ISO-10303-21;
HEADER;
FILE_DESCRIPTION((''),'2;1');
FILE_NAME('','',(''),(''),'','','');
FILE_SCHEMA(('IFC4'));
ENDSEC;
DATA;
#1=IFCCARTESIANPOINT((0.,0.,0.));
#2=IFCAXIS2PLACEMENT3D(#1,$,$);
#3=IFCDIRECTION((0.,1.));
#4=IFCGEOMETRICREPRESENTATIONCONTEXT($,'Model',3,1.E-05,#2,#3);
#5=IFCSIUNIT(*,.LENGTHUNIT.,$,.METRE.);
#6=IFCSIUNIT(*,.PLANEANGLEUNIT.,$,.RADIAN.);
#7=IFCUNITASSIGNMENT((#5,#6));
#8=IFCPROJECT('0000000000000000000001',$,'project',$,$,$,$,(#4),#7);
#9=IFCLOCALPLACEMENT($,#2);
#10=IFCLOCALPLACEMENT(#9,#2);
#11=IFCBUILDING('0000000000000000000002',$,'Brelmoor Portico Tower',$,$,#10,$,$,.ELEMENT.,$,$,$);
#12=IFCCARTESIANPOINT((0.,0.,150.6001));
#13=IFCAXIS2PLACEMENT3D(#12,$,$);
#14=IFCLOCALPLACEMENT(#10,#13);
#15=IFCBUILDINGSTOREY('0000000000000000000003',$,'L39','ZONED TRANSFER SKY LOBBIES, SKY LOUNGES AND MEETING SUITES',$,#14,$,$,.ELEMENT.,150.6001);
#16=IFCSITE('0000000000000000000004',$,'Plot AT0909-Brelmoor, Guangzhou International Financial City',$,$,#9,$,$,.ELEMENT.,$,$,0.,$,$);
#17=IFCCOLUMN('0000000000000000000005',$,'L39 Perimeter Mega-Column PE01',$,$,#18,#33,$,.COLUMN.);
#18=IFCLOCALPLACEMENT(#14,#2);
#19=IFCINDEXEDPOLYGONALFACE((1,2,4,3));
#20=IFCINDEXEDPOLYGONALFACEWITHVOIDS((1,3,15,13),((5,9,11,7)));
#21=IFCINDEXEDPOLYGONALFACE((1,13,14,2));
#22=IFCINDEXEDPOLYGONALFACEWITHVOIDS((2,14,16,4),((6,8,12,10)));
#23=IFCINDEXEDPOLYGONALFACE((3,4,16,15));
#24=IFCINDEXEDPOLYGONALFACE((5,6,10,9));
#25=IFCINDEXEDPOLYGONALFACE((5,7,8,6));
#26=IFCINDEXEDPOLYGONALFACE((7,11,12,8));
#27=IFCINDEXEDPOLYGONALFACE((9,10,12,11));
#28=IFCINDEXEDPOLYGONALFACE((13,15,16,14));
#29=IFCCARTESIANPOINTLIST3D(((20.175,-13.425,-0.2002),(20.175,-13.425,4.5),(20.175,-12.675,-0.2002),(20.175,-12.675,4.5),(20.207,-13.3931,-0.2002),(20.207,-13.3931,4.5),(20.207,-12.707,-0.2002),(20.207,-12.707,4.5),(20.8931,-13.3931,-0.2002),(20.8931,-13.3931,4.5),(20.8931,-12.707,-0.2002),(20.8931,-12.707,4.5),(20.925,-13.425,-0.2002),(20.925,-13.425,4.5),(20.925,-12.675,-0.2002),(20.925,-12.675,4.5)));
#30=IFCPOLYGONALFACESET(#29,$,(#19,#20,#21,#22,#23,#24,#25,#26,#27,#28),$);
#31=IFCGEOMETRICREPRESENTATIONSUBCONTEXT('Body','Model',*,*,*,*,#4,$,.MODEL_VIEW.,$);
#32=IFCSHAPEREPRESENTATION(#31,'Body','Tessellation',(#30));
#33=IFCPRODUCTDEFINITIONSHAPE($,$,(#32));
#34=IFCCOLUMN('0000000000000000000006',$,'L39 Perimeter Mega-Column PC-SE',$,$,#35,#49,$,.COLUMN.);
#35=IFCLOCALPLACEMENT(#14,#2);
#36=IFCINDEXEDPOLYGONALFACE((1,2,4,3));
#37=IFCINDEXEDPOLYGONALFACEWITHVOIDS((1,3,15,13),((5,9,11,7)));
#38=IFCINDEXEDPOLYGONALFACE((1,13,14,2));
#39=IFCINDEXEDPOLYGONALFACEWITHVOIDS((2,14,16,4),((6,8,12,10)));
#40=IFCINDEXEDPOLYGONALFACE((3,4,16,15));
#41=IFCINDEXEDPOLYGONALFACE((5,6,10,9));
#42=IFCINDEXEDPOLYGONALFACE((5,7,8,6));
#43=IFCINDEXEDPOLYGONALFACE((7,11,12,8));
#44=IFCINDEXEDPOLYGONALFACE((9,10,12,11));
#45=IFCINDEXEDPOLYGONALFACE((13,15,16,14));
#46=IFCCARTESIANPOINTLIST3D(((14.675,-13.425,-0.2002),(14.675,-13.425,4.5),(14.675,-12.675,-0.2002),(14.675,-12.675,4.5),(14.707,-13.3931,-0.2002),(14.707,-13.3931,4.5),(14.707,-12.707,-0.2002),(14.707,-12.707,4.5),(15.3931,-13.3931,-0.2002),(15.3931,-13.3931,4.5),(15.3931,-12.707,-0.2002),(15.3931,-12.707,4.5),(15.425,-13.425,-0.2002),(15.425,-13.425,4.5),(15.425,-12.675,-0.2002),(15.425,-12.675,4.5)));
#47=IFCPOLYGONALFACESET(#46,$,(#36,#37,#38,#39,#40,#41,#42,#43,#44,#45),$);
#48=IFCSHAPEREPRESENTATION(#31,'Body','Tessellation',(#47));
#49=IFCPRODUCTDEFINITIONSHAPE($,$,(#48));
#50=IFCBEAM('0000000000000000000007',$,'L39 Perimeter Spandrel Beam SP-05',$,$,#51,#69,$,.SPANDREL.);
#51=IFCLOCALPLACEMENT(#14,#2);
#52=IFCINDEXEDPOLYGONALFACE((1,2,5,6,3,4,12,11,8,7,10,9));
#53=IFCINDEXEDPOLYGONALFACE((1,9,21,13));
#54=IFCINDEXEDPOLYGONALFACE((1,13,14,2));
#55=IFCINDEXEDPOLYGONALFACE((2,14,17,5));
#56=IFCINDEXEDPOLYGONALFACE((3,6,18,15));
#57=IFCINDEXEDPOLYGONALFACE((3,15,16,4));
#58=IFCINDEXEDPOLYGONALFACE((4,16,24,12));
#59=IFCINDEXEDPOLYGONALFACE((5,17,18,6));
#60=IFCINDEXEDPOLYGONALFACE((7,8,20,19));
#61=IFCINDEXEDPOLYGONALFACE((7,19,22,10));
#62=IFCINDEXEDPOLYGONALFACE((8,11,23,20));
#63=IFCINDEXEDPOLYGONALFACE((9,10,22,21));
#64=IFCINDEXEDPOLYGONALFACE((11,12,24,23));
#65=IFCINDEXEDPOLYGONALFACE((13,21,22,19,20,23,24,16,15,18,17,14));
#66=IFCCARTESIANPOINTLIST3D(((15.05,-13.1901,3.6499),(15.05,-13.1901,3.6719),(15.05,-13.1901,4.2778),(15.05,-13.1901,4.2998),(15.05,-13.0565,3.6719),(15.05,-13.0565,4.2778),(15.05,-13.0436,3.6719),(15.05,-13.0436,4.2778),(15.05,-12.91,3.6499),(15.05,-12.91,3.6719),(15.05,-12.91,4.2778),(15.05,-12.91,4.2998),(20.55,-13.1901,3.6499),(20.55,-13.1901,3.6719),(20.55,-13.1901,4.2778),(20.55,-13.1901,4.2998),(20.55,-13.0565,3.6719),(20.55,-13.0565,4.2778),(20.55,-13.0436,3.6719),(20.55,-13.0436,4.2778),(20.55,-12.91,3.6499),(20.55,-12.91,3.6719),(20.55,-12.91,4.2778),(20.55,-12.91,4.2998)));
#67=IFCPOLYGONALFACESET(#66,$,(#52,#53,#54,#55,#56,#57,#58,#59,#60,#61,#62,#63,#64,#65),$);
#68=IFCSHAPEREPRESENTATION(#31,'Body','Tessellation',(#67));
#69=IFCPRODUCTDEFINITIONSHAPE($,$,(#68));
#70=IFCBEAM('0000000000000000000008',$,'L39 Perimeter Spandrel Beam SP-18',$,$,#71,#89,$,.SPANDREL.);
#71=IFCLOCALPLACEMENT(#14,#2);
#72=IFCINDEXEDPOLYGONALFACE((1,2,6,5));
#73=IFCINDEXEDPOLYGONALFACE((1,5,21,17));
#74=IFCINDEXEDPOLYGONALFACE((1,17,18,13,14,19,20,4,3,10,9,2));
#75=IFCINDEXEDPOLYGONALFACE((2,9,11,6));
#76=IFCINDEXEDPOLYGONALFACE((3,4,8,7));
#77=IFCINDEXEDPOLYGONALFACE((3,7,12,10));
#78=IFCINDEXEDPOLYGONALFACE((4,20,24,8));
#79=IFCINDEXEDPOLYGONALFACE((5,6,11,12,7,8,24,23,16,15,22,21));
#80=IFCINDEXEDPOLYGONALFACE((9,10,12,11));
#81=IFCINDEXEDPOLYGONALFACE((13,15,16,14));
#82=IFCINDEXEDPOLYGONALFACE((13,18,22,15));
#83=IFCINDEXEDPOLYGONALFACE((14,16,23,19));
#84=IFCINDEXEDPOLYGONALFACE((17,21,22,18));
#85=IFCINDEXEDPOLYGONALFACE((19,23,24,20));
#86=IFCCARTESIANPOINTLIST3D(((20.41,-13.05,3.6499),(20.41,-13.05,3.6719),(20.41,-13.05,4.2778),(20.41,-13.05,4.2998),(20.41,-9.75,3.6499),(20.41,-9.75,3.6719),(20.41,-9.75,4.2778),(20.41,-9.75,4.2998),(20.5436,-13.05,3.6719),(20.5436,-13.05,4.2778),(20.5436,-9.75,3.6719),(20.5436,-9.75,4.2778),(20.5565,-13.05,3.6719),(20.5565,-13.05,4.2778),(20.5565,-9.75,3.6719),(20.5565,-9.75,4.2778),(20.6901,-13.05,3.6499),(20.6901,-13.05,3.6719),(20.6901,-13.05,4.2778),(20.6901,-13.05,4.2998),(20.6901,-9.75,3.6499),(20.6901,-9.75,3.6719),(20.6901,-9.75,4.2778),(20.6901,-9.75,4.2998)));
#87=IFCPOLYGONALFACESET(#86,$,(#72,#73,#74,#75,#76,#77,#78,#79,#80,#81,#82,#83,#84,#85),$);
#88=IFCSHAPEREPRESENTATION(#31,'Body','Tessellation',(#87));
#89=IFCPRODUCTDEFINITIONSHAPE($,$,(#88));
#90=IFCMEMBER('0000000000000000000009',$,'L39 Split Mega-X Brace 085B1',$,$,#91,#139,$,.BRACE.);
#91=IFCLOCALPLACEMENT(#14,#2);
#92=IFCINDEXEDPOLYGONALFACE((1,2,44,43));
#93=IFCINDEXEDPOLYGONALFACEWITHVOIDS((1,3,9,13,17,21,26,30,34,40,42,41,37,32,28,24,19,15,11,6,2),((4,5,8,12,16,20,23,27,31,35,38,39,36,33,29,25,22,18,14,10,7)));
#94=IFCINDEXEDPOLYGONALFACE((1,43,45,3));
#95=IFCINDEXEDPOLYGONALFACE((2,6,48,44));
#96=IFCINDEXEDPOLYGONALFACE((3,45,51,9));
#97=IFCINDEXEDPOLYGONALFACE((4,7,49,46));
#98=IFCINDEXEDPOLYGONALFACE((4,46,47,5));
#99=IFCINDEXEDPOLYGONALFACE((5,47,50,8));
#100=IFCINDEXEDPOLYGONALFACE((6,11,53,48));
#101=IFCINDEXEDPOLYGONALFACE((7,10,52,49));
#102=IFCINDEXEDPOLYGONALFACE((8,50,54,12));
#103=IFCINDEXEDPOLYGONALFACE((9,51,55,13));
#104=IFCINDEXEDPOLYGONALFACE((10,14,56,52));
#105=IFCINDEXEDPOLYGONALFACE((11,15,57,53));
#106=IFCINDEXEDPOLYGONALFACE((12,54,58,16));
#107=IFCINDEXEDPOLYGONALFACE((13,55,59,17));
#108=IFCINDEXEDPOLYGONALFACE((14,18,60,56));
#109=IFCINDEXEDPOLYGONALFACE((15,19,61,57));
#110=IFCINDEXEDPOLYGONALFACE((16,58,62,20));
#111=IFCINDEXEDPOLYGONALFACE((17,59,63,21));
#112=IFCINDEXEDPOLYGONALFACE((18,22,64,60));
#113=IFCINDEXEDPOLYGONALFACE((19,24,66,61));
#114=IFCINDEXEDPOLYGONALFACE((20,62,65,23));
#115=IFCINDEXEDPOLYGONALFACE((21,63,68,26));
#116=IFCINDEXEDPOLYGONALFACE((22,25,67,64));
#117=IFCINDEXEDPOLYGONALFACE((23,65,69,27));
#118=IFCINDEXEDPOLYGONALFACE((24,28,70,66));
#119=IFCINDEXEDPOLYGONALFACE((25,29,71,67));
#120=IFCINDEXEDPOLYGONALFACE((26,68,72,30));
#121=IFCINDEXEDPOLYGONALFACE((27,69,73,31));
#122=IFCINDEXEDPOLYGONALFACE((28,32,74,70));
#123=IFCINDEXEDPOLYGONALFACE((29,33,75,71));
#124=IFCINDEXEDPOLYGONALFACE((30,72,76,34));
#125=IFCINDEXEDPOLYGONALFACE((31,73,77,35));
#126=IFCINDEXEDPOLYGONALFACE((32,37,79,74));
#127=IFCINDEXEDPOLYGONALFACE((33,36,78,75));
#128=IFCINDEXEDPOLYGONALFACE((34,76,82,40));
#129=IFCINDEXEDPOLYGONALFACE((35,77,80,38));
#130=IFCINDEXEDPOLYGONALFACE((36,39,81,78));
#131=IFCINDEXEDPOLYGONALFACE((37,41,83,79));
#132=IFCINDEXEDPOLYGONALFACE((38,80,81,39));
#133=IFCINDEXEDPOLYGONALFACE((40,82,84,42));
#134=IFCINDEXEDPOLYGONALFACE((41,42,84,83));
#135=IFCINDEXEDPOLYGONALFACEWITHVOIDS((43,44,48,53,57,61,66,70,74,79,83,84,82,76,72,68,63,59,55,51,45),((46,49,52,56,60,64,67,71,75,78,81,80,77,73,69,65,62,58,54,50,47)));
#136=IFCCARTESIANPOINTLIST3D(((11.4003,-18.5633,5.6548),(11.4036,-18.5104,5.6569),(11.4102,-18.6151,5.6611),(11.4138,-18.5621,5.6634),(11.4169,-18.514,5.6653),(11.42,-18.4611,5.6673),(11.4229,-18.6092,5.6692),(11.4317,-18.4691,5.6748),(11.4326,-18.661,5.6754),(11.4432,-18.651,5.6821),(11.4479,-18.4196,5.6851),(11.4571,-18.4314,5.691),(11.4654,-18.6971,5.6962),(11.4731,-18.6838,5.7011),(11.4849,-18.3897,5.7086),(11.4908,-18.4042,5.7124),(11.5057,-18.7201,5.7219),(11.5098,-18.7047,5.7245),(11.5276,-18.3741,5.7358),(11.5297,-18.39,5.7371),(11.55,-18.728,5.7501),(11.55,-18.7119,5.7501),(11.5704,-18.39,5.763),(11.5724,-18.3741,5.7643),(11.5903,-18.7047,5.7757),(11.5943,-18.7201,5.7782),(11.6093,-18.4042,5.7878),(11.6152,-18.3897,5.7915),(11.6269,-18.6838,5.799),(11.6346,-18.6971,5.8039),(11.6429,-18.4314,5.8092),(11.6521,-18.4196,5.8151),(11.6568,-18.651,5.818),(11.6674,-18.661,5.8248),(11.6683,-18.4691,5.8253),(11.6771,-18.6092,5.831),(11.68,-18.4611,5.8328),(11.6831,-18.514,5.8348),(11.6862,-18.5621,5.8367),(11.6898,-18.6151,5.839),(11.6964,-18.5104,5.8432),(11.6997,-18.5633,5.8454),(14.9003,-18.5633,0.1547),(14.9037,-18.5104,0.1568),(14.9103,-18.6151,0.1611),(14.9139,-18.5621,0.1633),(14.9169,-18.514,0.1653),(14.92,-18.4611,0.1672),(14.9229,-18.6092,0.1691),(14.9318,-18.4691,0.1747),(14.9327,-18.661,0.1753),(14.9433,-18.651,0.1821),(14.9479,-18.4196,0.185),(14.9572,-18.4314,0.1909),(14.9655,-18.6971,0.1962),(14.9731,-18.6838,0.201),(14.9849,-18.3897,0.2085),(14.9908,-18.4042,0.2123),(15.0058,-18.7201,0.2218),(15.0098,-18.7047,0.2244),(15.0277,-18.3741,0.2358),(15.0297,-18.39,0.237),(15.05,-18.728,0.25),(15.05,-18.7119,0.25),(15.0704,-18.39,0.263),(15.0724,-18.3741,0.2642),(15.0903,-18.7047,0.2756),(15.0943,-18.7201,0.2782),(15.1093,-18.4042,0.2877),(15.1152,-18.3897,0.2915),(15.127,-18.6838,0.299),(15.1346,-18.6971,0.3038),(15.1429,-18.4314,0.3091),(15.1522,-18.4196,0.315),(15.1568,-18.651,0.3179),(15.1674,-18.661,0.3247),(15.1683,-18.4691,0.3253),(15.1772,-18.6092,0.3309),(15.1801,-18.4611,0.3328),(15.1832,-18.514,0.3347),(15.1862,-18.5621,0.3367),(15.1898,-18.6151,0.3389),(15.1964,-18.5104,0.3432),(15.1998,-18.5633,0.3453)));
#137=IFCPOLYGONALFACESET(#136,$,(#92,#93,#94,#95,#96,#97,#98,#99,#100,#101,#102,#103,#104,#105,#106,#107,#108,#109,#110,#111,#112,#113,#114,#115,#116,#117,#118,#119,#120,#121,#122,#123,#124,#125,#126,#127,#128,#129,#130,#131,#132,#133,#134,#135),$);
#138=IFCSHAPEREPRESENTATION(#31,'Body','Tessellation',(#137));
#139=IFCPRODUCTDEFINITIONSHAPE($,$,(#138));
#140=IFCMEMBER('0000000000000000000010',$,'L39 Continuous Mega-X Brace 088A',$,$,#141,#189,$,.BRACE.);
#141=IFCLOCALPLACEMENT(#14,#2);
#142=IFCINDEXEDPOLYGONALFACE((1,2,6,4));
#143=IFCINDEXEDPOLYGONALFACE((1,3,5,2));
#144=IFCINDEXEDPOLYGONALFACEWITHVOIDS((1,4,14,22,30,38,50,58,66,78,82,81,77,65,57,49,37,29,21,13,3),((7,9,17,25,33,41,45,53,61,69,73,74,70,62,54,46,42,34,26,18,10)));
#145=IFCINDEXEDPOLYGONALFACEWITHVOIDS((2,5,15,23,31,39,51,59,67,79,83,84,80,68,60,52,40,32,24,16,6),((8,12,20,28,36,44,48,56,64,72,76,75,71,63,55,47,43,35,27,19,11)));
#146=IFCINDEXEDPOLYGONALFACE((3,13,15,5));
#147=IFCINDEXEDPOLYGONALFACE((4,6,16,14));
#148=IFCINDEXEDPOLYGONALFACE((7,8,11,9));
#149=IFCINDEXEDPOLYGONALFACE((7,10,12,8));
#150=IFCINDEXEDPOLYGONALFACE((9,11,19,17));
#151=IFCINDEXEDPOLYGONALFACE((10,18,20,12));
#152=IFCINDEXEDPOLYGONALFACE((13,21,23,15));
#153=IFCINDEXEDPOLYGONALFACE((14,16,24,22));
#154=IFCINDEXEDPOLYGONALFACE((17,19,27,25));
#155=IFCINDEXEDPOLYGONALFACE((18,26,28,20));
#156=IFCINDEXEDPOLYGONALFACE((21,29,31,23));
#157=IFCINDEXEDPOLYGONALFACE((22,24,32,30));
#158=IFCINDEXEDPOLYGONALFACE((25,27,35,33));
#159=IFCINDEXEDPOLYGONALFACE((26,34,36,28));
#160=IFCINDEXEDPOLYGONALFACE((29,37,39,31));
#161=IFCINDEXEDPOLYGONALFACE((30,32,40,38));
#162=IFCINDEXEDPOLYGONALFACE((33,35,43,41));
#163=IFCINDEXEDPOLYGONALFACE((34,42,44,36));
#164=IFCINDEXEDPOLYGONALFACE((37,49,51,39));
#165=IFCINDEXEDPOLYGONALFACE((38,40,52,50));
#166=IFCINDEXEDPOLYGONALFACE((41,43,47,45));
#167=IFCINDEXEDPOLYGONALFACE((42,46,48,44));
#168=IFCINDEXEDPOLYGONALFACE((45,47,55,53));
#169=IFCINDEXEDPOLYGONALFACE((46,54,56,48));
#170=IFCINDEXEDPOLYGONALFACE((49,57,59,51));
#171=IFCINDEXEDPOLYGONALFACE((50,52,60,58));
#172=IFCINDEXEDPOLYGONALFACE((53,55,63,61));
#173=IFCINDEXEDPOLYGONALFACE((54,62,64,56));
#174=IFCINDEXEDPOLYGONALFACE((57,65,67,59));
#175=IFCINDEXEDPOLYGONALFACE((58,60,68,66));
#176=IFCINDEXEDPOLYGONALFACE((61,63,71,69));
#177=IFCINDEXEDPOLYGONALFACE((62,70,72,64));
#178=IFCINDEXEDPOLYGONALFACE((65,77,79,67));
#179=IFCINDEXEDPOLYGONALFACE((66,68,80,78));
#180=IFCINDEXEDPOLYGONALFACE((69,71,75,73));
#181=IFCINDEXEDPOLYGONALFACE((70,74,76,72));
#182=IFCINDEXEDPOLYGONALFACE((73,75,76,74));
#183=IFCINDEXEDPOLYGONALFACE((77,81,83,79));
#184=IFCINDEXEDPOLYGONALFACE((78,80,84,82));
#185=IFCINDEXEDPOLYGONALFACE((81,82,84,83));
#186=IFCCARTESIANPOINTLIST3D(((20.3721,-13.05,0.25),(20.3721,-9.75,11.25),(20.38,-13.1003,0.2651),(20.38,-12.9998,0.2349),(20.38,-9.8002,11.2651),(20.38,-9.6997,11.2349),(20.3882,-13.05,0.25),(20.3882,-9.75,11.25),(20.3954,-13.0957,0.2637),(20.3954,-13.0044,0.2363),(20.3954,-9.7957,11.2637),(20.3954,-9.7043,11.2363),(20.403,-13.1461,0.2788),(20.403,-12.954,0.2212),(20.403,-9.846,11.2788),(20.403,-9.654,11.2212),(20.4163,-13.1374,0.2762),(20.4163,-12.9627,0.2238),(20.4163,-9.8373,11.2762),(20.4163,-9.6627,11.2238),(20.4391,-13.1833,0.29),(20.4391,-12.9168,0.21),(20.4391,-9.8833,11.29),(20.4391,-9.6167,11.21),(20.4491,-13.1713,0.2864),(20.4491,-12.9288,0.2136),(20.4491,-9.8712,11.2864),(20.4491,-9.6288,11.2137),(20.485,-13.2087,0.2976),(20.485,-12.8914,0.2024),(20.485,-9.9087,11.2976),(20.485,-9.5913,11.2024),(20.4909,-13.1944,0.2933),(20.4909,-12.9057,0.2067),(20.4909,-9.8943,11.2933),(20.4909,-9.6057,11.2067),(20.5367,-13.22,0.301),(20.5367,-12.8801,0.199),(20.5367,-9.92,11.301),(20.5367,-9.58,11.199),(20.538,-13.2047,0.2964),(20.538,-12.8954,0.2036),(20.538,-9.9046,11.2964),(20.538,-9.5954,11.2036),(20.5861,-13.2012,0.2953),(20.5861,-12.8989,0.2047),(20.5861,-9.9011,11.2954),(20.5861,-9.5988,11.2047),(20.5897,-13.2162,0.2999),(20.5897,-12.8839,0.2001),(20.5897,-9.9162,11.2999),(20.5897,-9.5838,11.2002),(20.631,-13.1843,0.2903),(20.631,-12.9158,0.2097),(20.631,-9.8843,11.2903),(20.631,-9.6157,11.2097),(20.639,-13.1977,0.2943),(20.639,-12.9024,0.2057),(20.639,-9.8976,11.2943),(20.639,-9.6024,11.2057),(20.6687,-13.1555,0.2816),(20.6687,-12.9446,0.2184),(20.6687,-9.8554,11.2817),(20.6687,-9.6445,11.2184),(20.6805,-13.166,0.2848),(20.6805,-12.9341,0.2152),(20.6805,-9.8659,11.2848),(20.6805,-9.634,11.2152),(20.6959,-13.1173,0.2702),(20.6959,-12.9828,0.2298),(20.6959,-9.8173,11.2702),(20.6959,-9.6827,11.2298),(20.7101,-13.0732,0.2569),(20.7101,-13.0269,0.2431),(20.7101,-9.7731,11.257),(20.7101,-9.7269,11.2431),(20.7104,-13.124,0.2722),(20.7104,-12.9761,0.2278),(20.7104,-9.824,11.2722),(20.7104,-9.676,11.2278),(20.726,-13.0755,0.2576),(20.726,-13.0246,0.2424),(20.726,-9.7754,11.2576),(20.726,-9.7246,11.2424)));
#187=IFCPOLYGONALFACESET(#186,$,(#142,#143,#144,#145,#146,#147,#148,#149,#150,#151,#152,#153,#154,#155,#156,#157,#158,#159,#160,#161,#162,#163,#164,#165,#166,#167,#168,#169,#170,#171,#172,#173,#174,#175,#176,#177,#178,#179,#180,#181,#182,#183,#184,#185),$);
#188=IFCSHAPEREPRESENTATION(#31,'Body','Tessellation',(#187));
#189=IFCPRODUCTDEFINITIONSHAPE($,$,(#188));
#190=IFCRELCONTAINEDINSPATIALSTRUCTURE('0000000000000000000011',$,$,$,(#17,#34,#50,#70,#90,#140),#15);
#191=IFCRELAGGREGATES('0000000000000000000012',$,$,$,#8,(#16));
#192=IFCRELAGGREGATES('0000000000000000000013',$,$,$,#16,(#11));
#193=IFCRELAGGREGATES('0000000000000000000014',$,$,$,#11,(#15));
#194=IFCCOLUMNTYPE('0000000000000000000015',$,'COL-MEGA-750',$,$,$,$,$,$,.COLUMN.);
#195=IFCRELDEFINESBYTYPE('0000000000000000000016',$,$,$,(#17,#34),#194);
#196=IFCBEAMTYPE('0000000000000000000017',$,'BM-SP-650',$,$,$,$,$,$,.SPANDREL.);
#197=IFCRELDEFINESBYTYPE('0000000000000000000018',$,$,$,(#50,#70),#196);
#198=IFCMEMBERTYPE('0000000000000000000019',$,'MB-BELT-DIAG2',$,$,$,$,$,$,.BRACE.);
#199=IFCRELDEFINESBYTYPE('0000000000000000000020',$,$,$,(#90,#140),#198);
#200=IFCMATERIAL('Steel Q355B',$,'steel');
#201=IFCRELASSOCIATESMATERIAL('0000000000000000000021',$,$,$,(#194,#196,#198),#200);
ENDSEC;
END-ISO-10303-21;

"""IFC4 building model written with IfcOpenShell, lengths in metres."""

from ifc_helpers import new_model, si_unit, direction, frame, origin, origin_2d, place, context, subcontext, project, spatial, hollow_rectangle, hollow_circle, i_section, extrude, material, material_profile, profile_set, type_object, element, save


model = new_model("IFC4")

# Units and contexts
model_context = context("Model", 3, precision=1e-05, world=origin(), true_north=direction((0.0, 1.0)))
body_context = subcontext(model_context, "Body", "Model", "MODEL_VIEW")
ifc_project = project(units=[si_unit("LENGTHUNIT", "METRE"), si_unit("PLANEANGLEUNIT", "RADIAN")], contexts=[model_context])

# Site, building, storey
site_placement = place(None, origin())
site = spatial("IfcSite", under=ifc_project, at=site_placement, Name="Plot AT0909-Brelmoor, Guangzhou International Financial City", CompositionType="ELEMENT", RefElevation=0.0)
building_placement = place(site_placement, origin())
building = spatial("IfcBuilding", under=site, at=building_placement, Name="Brelmoor Portico Tower", CompositionType="ELEMENT")
storey_placement = place(building_placement, frame((0.0, 0.0, 150.6001)))
storey = spatial("IfcBuildingStorey", under=building, at=storey_placement, Name="L39", Description="ZONED TRANSFER SKY LOBBIES, SKY LOUNGES AND MEETING SUITES", CompositionType="ELEMENT", Elevation=150.6001)

# Columns
ifc_material_1 = material(Name="Steel Q355B", Category="steel")
ifc_material_profile_1 = material_profile(ifc_material_1, hollow_rectangle(XDim=0.75, YDim=0.75, WallThickness=0.032, at=origin_2d()), Name="BOX 750x750x32")
ifc_profile_set_1 = profile_set([ifc_material_profile_1], Name="Steel Q355B")
column_type = type_object("IfcColumnType", Name="COL-MEGA-750", PredefinedType="COLUMN", material=ifc_profile_set_1)
for number, where, z_axis, x_axis, name in (
    (1, (20.55, -13.05, -0.2002), (0.0, 0.0, 1.0), (0.0, 1.0, 0.0), "L39 Perimeter Mega-Column PE01"),
    (2, (15.05, -13.05, -0.2002), (0.0, 0.0, 1.0), (1.0, 0.0, 0.0), "L39 Perimeter Mega-Column PC-SE"),
):
    element("IfcColumn", number, at=place(storey_placement, frame(where, z_axis=z_axis, x_axis=x_axis)), inside=storey, type_object=column_type, Name=name, PredefinedType="COLUMN", context=body_context, shape_type="SweptSolid", body=[
        extrude(hollow_rectangle(XDim=0.75, YDim=0.75, WallThickness=0.032, at=origin_2d()), origin(), (0.0, 0.0, 1.0), 4.7002),
    ])

# Beams
ifc_material_profile_2 = material_profile(ifc_material_1, i_section(OverallWidth=0.28, OverallDepth=0.6499, WebThickness=0.0129, FlangeThickness=0.022, at=origin_2d()), Name="HN 650x280x13x22")
ifc_profile_set_2 = profile_set([ifc_material_profile_2], Name="Steel Q355B")
beam_type = type_object("IfcBeamType", Name="BM-SP-650", PredefinedType="SPANDREL", material=ifc_profile_set_2)
beam_1_placement = place(storey_placement, frame((15.05, -13.05, 3.9749), z_axis=(1.0, 0.0, 0.0), x_axis=(0.0, 1.0, 0.0)))
element("IfcBeam", 3, at=beam_1_placement, inside=storey, type_object=beam_type, Name="L39 Perimeter Spandrel Beam SP-05", PredefinedType="SPANDREL", context=body_context, shape_type="SweptSolid", body=[
    extrude(i_section(OverallWidth=0.28, OverallDepth=0.6499, WebThickness=0.0129, FlangeThickness=0.022, at=origin_2d()), origin(), (0.0, 0.0, 1.0), 5.5),
])
beam_2_placement = place(storey_placement, frame((20.55, -13.05, 3.9749), z_axis=(0.0, 1.0, 0.0), x_axis=(-1.0, 0.0, 0.0)))
element("IfcBeam", 4, at=beam_2_placement, inside=storey, type_object=beam_type, Name="L39 Perimeter Spandrel Beam SP-18", PredefinedType="SPANDREL", context=body_context, shape_type="SweptSolid", body=[
    extrude(i_section(OverallWidth=0.28, OverallDepth=0.6499, WebThickness=0.0129, FlangeThickness=0.022, at=origin_2d()), origin(), (0.0, 0.0, 1.0), 3.3),
])

# Members
ifc_material_profile_3 = material_profile(ifc_material_1, hollow_circle(Radius=0.178, WallThickness=0.0161, at=origin_2d()), Name="CHS 356x16")
ifc_profile_set_3 = profile_set([ifc_material_profile_3], Name="Steel Q355B")
member_type_1 = type_object("IfcMemberType", Name="MB-BELT-DIAG2", PredefinedType="BRACE", material=ifc_profile_set_3)
member_1_placement = place(storey_placement, frame((15.05, -18.55, 0.25), z_axis=(-0.536875, 0.0, 0.843661), x_axis=(0.0, -1.0, 0.0)))
element("IfcMember", 5, at=member_1_placement, inside=storey, type_object=member_type_1, Name="L39 Split Mega-X Brace 085B1", PredefinedType="BRACE", context=body_context, shape_type="SweptSolid", body=[
    extrude(hollow_circle(Radius=0.178, WallThickness=0.0161, at=origin_2d()), origin(), (0.0, 0.0, 1.0), 6.5193),
])
member_2_placement = place(storey_placement, frame((20.55, -13.05, 0.25), z_axis=(0.0, 0.287352, 0.957825), x_axis=(-1.0, 0.0, 0.0)))
element("IfcMember", 6, at=member_2_placement, inside=storey, type_object=member_type_1, Name="L39 Continuous Mega-X Brace 088A", PredefinedType="BRACE", context=body_context, shape_type="SweptSolid", body=[
    extrude(hollow_circle(Radius=0.178, WallThickness=0.0161, at=origin_2d()), origin(), (0.0, 0.0, 1.0), 11.4844),
])

save(model, "model.ifc")
